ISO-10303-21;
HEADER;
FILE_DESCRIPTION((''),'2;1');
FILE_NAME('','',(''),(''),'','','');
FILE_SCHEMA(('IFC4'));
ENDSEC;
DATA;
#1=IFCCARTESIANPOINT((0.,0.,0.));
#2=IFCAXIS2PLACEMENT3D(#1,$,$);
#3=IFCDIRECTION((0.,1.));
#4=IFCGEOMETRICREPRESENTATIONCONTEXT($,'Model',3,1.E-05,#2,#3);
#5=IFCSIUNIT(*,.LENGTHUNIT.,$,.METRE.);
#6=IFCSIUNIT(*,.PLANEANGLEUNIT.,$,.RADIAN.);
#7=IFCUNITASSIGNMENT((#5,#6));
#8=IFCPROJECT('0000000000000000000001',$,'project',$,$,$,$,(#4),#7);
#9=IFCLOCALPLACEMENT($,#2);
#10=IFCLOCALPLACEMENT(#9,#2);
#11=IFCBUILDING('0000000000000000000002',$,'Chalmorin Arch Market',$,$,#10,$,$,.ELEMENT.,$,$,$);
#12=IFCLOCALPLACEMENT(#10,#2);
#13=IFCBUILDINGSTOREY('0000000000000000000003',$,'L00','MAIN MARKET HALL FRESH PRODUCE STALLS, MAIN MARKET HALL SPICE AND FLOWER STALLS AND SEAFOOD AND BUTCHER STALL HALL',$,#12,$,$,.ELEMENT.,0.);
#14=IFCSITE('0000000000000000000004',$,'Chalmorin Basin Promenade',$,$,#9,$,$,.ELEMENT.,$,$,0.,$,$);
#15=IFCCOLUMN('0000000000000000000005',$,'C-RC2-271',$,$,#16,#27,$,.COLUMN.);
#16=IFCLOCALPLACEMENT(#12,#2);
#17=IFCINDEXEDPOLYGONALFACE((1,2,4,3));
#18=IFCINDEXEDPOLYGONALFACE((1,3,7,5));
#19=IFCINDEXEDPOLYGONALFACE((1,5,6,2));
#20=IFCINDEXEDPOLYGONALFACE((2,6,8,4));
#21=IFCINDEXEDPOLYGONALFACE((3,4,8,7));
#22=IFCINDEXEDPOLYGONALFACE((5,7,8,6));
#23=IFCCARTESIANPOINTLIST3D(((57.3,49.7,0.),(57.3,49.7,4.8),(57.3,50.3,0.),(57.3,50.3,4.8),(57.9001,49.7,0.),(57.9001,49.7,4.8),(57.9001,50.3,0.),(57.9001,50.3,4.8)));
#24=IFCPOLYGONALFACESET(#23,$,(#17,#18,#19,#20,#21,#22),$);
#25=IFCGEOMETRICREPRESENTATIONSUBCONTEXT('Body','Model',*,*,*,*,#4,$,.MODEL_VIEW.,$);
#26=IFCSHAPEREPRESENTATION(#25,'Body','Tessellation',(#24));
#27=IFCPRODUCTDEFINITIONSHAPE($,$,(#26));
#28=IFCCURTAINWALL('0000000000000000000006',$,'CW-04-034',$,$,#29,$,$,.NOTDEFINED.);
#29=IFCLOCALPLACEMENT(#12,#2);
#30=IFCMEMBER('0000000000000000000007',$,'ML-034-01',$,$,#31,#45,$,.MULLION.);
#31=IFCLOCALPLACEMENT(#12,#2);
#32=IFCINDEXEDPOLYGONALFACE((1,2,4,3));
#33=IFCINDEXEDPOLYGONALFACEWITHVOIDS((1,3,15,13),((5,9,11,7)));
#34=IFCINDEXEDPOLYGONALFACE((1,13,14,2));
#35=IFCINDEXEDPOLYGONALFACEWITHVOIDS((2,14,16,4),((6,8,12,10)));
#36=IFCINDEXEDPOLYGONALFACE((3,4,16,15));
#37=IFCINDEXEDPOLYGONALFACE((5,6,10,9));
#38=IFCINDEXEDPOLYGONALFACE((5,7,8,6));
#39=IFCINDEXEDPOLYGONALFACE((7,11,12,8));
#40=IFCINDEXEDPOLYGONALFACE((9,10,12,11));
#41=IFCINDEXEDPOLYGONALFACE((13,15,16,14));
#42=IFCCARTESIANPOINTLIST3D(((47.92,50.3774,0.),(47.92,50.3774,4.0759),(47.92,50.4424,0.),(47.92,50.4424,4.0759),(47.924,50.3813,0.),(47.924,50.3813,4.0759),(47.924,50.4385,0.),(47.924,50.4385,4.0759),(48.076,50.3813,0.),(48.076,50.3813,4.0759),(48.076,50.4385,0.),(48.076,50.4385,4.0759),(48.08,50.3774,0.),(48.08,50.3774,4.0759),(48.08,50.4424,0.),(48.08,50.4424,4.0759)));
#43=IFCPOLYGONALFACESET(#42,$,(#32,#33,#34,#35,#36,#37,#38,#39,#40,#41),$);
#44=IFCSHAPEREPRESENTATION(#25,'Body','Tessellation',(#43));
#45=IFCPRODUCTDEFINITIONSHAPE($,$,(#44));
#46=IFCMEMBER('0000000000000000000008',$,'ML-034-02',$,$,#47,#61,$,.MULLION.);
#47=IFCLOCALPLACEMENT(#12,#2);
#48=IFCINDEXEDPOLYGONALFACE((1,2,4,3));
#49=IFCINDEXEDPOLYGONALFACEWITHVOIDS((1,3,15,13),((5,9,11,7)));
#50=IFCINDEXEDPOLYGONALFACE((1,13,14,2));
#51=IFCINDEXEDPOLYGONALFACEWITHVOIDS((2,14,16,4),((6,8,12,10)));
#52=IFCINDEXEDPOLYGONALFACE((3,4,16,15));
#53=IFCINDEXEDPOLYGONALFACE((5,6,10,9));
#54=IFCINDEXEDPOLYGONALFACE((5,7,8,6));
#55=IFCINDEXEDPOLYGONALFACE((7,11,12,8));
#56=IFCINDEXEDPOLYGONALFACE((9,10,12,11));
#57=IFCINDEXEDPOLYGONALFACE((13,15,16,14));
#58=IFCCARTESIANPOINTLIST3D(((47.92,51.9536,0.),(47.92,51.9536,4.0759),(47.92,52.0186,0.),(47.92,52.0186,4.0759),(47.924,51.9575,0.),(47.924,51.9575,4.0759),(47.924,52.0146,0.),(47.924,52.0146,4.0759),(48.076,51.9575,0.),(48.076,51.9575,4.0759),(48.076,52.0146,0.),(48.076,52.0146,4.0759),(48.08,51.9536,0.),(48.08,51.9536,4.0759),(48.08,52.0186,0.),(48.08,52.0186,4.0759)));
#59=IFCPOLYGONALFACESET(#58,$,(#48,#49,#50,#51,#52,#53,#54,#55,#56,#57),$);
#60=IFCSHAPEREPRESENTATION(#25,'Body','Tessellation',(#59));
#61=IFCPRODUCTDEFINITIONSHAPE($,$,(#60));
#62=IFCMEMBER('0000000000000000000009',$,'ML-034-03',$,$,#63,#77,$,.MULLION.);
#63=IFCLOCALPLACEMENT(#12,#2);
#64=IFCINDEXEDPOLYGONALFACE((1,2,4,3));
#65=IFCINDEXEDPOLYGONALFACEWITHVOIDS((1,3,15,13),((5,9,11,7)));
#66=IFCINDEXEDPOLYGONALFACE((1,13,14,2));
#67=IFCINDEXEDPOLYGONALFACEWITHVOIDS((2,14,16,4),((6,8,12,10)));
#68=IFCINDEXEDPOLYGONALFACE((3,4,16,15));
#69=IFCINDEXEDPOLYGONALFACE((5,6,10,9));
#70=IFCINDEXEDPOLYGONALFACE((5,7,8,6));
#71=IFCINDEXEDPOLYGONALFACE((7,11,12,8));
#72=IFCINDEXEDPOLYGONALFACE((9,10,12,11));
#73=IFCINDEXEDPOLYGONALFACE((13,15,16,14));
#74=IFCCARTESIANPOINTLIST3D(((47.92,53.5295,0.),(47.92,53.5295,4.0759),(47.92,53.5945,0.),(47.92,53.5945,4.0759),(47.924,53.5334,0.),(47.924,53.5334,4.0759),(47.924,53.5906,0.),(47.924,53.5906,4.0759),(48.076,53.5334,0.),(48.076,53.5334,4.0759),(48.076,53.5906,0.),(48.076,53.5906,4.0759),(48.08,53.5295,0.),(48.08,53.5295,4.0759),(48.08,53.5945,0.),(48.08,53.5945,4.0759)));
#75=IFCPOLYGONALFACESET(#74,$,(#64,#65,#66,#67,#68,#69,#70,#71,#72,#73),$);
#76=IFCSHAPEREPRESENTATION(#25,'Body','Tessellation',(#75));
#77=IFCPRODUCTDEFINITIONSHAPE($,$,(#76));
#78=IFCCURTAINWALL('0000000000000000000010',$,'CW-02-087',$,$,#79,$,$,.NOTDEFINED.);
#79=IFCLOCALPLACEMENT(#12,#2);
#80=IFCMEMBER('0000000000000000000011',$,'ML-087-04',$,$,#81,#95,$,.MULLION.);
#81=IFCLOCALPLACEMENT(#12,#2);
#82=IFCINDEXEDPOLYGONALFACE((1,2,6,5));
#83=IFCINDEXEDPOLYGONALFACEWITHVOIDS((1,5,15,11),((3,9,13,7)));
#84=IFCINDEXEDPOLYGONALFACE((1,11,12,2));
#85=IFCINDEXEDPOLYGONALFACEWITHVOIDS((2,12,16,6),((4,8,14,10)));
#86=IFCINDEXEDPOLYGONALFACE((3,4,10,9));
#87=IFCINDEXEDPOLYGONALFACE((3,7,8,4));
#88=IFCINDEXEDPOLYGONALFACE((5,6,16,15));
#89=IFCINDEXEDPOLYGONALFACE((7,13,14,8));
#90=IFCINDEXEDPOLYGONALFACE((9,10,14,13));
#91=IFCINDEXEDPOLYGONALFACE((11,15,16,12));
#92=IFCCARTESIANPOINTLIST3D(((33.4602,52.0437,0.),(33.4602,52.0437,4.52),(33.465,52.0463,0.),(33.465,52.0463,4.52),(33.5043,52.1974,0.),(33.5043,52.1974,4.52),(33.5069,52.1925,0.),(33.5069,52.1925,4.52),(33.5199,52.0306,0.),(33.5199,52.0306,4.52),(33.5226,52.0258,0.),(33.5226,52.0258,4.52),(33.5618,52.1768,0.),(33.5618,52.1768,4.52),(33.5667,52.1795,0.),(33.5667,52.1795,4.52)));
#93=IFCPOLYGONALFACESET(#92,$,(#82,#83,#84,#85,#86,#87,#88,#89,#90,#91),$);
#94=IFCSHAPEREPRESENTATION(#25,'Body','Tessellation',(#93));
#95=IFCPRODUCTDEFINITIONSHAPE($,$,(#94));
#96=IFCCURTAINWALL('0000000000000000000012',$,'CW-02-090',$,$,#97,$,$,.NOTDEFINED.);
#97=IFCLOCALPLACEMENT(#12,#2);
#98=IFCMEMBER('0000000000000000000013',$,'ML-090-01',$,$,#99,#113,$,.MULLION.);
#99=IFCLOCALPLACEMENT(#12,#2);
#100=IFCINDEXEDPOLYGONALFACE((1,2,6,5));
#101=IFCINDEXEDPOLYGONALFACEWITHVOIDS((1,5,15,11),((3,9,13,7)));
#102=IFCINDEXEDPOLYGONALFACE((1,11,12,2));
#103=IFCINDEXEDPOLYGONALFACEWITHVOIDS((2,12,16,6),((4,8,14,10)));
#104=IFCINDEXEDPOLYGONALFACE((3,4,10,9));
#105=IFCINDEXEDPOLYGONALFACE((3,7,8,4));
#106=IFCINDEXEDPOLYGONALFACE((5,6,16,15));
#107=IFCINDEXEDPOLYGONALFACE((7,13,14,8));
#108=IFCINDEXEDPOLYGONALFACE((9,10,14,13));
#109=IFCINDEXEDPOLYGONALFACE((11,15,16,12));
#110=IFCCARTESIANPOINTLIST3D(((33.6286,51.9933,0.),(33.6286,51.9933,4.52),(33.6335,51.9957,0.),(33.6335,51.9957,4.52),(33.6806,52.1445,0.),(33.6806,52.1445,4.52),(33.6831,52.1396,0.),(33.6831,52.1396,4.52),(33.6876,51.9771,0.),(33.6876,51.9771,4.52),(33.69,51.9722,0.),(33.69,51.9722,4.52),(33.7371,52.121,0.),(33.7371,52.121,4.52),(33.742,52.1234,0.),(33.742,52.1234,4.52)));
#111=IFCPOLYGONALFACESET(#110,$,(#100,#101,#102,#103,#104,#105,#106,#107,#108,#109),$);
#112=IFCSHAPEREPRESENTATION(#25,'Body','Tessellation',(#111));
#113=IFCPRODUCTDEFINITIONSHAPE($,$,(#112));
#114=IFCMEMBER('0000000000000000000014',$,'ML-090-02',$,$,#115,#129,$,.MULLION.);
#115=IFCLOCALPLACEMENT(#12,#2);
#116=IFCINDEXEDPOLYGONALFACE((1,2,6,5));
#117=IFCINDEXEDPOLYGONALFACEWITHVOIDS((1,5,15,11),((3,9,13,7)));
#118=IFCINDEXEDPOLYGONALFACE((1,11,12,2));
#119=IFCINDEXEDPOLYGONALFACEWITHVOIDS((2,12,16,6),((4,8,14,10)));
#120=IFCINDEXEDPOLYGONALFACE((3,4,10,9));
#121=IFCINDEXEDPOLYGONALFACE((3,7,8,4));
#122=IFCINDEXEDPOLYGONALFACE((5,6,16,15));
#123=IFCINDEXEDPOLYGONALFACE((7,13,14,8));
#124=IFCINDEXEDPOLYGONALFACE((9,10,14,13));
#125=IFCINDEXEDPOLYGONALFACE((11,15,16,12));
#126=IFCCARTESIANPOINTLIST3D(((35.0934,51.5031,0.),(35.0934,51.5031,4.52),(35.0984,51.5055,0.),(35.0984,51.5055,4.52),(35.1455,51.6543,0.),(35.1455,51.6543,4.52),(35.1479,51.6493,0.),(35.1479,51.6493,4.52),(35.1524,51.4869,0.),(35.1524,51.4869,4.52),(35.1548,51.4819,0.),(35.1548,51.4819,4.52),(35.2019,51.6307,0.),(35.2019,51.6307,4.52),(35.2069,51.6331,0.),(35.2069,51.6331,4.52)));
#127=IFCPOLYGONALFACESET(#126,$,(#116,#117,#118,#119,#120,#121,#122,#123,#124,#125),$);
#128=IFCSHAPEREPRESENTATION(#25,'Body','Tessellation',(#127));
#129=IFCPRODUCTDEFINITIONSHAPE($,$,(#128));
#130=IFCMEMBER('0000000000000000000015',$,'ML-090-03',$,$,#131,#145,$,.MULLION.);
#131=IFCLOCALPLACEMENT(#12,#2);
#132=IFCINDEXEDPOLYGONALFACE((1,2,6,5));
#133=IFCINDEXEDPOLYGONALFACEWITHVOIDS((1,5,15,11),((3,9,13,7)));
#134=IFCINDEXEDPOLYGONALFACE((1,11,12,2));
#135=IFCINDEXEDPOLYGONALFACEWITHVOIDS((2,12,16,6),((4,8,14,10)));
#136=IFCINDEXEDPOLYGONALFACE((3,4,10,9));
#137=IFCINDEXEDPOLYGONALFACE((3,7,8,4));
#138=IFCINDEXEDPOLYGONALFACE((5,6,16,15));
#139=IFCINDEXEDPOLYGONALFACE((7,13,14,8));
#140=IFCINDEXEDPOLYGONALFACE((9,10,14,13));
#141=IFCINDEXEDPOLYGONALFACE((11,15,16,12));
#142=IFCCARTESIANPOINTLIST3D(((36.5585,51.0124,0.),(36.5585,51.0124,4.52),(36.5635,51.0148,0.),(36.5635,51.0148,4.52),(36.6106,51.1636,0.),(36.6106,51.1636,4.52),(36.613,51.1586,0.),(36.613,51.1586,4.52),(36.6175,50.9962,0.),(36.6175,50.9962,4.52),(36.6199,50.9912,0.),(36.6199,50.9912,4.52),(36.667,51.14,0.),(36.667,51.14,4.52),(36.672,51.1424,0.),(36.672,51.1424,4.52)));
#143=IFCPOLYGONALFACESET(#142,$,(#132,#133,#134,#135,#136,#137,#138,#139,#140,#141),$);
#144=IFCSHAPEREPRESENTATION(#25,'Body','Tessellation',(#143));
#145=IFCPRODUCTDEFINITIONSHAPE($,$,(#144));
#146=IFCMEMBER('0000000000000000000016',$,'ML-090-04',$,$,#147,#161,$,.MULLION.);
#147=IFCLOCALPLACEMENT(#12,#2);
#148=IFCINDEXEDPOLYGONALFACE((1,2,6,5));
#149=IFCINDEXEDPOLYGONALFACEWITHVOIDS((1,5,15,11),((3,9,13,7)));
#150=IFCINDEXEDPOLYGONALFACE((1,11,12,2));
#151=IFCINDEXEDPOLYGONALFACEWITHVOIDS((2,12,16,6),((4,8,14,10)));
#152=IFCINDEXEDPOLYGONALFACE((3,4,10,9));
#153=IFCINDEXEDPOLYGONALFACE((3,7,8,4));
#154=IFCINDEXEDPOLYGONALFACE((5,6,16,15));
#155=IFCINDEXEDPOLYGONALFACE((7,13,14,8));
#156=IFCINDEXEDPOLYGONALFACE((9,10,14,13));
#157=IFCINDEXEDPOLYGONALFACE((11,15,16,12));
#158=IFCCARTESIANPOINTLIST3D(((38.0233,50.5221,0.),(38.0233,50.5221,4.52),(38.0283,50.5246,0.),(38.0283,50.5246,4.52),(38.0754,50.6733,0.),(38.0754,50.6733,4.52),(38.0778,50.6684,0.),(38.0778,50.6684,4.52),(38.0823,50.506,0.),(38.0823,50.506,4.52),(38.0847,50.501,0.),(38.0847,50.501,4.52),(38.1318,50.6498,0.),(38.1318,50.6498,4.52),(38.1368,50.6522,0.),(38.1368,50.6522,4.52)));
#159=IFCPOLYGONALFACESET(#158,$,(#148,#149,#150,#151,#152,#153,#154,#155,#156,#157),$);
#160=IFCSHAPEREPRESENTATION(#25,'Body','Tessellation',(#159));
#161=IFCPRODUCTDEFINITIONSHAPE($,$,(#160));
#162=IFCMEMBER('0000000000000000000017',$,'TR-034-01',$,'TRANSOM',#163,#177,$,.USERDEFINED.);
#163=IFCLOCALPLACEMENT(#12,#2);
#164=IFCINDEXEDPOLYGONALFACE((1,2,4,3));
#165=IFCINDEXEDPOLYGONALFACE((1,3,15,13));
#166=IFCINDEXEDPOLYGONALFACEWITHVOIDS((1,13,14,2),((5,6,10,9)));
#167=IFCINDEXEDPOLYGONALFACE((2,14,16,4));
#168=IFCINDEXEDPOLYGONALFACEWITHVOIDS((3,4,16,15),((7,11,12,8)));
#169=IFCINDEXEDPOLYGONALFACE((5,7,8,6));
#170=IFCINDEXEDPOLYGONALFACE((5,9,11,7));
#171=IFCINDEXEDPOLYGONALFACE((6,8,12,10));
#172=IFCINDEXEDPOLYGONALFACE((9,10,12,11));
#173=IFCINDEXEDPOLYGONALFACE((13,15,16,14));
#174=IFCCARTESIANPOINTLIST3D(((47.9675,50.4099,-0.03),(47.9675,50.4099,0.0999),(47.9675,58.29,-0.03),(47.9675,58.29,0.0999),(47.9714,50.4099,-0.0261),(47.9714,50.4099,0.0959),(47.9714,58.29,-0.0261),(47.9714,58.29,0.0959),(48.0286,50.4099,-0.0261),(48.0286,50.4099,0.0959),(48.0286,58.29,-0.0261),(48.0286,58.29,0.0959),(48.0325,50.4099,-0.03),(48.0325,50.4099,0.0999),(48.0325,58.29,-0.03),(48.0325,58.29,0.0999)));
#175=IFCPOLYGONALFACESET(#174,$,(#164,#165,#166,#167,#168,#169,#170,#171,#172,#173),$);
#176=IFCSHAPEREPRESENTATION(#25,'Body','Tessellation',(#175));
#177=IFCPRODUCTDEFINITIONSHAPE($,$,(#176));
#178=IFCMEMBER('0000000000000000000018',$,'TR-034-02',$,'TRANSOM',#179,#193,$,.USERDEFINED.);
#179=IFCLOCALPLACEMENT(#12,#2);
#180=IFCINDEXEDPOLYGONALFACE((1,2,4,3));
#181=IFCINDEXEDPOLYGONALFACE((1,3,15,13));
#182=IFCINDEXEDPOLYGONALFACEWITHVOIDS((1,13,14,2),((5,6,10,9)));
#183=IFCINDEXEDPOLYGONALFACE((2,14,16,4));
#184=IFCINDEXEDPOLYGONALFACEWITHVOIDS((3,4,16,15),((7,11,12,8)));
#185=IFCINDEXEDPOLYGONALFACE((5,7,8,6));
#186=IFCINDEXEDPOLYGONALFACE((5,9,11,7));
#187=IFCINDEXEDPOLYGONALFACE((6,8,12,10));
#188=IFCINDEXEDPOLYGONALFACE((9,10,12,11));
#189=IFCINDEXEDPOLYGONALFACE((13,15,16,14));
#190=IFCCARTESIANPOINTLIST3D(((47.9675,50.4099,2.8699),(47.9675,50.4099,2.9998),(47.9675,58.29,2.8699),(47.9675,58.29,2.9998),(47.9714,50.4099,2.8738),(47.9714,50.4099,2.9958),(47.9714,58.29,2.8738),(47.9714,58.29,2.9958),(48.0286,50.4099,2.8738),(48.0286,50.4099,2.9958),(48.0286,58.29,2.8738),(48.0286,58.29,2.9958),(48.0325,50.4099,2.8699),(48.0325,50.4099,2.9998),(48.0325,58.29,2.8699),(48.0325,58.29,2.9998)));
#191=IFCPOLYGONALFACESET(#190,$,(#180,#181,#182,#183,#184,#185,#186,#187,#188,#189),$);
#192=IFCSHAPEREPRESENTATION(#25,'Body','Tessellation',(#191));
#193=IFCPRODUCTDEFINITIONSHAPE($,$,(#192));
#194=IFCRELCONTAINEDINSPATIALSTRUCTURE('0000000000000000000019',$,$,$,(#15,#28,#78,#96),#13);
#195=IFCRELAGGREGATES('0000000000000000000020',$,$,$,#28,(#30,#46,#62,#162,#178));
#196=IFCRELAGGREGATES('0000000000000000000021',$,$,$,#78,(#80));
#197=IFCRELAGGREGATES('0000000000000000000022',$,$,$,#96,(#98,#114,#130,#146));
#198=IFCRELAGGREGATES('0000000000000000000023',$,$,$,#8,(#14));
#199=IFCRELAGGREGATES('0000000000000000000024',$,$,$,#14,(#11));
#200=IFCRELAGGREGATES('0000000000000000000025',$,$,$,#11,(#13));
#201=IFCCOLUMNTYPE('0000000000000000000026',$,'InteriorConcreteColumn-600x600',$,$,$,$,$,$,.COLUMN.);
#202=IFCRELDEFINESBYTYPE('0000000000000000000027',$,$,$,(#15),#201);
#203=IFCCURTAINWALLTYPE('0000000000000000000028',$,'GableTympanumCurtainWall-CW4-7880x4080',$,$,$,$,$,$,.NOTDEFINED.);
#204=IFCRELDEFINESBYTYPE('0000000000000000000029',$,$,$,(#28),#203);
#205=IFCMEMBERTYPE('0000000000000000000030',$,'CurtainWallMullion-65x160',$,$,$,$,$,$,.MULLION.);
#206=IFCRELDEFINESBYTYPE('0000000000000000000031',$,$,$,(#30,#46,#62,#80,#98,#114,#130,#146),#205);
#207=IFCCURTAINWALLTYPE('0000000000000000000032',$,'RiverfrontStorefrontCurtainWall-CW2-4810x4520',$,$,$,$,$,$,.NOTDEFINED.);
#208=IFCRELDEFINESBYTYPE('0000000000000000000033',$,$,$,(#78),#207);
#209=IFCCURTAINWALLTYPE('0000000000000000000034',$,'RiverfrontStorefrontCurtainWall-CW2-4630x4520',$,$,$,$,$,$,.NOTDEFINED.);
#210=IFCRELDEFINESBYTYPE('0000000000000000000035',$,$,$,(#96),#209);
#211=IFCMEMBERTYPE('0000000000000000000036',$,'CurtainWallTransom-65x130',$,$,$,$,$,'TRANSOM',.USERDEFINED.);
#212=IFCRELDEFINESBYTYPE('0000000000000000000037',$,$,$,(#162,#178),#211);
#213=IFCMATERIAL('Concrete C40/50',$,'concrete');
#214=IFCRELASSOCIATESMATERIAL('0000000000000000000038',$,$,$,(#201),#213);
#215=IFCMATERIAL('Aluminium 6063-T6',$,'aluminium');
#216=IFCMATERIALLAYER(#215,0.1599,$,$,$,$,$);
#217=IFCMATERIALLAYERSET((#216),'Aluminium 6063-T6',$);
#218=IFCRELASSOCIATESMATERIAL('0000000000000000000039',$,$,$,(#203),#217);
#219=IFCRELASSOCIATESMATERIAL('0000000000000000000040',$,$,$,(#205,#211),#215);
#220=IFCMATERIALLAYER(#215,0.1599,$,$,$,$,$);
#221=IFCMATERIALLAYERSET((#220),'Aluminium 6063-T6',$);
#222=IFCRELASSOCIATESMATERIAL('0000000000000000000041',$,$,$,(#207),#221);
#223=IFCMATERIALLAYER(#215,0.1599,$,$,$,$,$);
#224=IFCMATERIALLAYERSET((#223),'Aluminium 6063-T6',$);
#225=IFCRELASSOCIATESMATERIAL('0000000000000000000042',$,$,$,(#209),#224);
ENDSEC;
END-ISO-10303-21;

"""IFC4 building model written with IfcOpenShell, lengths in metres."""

from ifc_helpers import new_model, si_unit, direction, frame, origin, origin_2d, place, context, subcontext, project, spatial, rectangle, hollow_rectangle, extrude, material, layer, layer_set, material_profile, profile_set, type_object, element, aggregate, save


model = new_model("IFC4")

# Units and contexts
model_context = context("Model", 3, precision=1e-05, world=origin(), true_north=direction((0.0, 1.0)))
body_context = subcontext(model_context, "Body", "Model", "MODEL_VIEW")
ifc_project = project(units=[si_unit("LENGTHUNIT", "METRE"), si_unit("PLANEANGLEUNIT", "RADIAN")], contexts=[model_context])

# Site, building, storey
site_placement = place(None, origin())
site = spatial("IfcSite", under=ifc_project, at=site_placement, Name="Chalmorin Basin Promenade", CompositionType="ELEMENT", RefElevation=0.0)
building_placement = place(site_placement, origin())
building = spatial("IfcBuilding", under=site, at=building_placement, Name="Chalmorin Arch Market", CompositionType="ELEMENT")
storey_placement = place(building_placement, origin())
storey = spatial("IfcBuildingStorey", under=building, at=storey_placement, Name="L00", Description="MAIN MARKET HALL FRESH PRODUCE STALLS, MAIN MARKET HALL SPICE AND FLOWER STALLS AND SEAFOOD AND BUTCHER STALL HALL", CompositionType="ELEMENT", Elevation=0.0)

# Column
ifc_material_1 = material(Name="Concrete C40/50", Category="concrete")
ifc_material_profile_1 = material_profile(ifc_material_1, rectangle(XDim=0.6001, YDim=0.6001, at=origin_2d()), Name="RC600X600")
ifc_profile_set_1 = profile_set([ifc_material_profile_1], Name="Concrete C40/50")
column_type = type_object("IfcColumnType", Name="InteriorConcreteColumn-600x600", PredefinedType="COLUMN", material=ifc_profile_set_1)
column_placement = place(storey_placement, frame((57.6001, 50.0, 0.0), z_axis=(0.0, 0.0, 1.0), x_axis=(1.0, 0.0, 0.0)))
element("IfcColumn", 1, at=column_placement, inside=storey, type_object=column_type, Name="C-RC2-271", PredefinedType="COLUMN", context=body_context, shape_type="SweptSolid", body=[
    extrude(rectangle(XDim=0.6001, YDim=0.6001, at=origin_2d()), origin(), (0.0, 0.0, 1.0), 4.8),
])

# Curtain wall, members
ifc_material_2 = material(Name="Aluminium 6063-T6", Category="aluminium")
ifc_layer_1 = layer(ifc_material_2, 0.1599)
ifc_layer_set_1 = layer_set([ifc_layer_1], Name="Aluminium 6063-T6")
curtain_wall_type_1 = type_object("IfcCurtainWallType", Name="GableTympanumCurtainWall-CW4-7880x4080", PredefinedType="NOTDEFINED", material=ifc_layer_set_1)
curtain_wall_1_placement = place(storey_placement, origin())
curtain_wall_1 = element("IfcCurtainWall", 2, at=curtain_wall_1_placement, inside=storey, type_object=curtain_wall_type_1, Name="CW-04-034", PredefinedType="NOTDEFINED")
ifc_material_profile_2 = material_profile(ifc_material_2, hollow_rectangle(XDim=0.0649, YDim=0.1599, WallThickness=0.0039, at=origin_2d()), Name="ALU65X160X4")
ifc_profile_set_2 = profile_set([ifc_material_profile_2], Name="Aluminium 6063-T6")
member_type_1 = type_object("IfcMemberType", Name="CurtainWallMullion-65x160", PredefinedType="MULLION", material=ifc_profile_set_2)
member_1_placement = place(storey_placement, frame((48.0, 50.4099, 0.0), z_axis=(0.0, 0.0, 1.0), x_axis=(0.0, 1.0, 0.0)))
member_1 = element("IfcMember", 3, at=member_1_placement, type_object=member_type_1, Name="ML-034-01", PredefinedType="MULLION", context=body_context, shape_type="SweptSolid", body=[
    extrude(hollow_rectangle(XDim=0.0649, YDim=0.1599, WallThickness=0.0039, at=origin_2d()), origin(), (0.0, 0.0, 1.0), 4.0759),
])
member_2_placement = place(storey_placement, frame((48.0, 51.9861, 0.0), z_axis=(0.0, 0.0, 1.0), x_axis=(0.0, 1.0, 0.0)))
member_2 = element("IfcMember", 4, at=member_2_placement, type_object=member_type_1, Name="ML-034-02", PredefinedType="MULLION", context=body_context, shape_type="SweptSolid", body=[
    extrude(hollow_rectangle(XDim=0.0649, YDim=0.1599, WallThickness=0.0039, at=origin_2d()), origin(), (0.0, 0.0, 1.0), 4.0759),
])
member_3_placement = place(storey_placement, frame((48.0, 53.562, 0.0), z_axis=(0.0, 0.0, 1.0), x_axis=(0.0, 1.0, 0.0)))
member_3 = element("IfcMember", 5, at=member_3_placement, type_object=member_type_1, Name="ML-034-03", PredefinedType="MULLION", context=body_context, shape_type="SweptSolid", body=[
    extrude(hollow_rectangle(XDim=0.0649, YDim=0.1599, WallThickness=0.0039, at=origin_2d()), origin(), (0.0, 0.0, 1.0), 4.0759),
])

# Curtain wall, member
ifc_layer_2 = layer(ifc_material_2, 0.1599)
ifc_layer_set_2 = layer_set([ifc_layer_2], Name="Aluminium 6063-T6")
curtain_wall_type_2 = type_object("IfcCurtainWallType", Name="RiverfrontStorefrontCurtainWall-CW2-4810x4520", PredefinedType="NOTDEFINED", material=ifc_layer_set_2)
curtain_wall_2_placement = place(storey_placement, origin())
curtain_wall_2 = element("IfcCurtainWall", 6, at=curtain_wall_2_placement, inside=storey, type_object=curtain_wall_type_2, Name="CW-02-087", PredefinedType="NOTDEFINED")
member_4_placement = place(storey_placement, frame((33.5134, 52.1116, 0.0), z_axis=(0.0, 0.0, 1.0), x_axis=(0.961262, -0.275637, 0.0)))
member_4 = element("IfcMember", 7, at=member_4_placement, type_object=member_type_1, Name="ML-087-04", PredefinedType="MULLION", context=body_context, shape_type="SweptSolid", body=[
    extrude(hollow_rectangle(XDim=0.0649, YDim=0.1599, WallThickness=0.0039, at=origin_2d()), origin(), (0.0, 0.0, 1.0), 4.52),
])

# Curtain wall, members
ifc_layer_3 = layer(ifc_material_2, 0.1599)
ifc_layer_set_3 = layer_set([ifc_layer_3], Name="Aluminium 6063-T6")
curtain_wall_type_3 = type_object("IfcCurtainWallType", Name="RiverfrontStorefrontCurtainWall-CW2-4630x4520", PredefinedType="NOTDEFINED", material=ifc_layer_set_3)
curtain_wall_3_placement = place(storey_placement, origin())
curtain_wall_3 = element("IfcCurtainWall", 8, at=curtain_wall_3_placement, inside=storey, type_object=curtain_wall_type_3, Name="CW-02-090", PredefinedType="NOTDEFINED")
member_5_placement = place(storey_placement, frame((33.6853, 52.0583, 0.0), z_axis=(0.0, 0.0, 1.0), x_axis=(0.945519, -0.325568, 0.0)))
member_5 = element("IfcMember", 9, at=member_5_placement, type_object=member_type_1, Name="ML-090-01", PredefinedType="MULLION", context=body_context, shape_type="SweptSolid", body=[
    extrude(hollow_rectangle(XDim=0.0649, YDim=0.1599, WallThickness=0.0039, at=origin_2d()), origin(), (0.0, 0.0, 1.0), 4.52),
])
member_6_placement = place(storey_placement, frame((35.1501, 51.5681, 0.0), z_axis=(0.0, 0.0, 1.0), x_axis=(0.945519, -0.325568, 0.0)))
member_6 = element("IfcMember", 10, at=member_6_placement, type_object=member_type_1, Name="ML-090-02", PredefinedType="MULLION", context=body_context, shape_type="SweptSolid", body=[
    extrude(hollow_rectangle(XDim=0.0649, YDim=0.1599, WallThickness=0.0039, at=origin_2d()), origin(), (0.0, 0.0, 1.0), 4.52),
])
member_7_placement = place(storey_placement, frame((36.6152, 51.0774, 0.0), z_axis=(0.0, 0.0, 1.0), x_axis=(0.945519, -0.325568, 0.0)))
member_7 = element("IfcMember", 11, at=member_7_placement, type_object=member_type_1, Name="ML-090-03", PredefinedType="MULLION", context=body_context, shape_type="SweptSolid", body=[
    extrude(hollow_rectangle(XDim=0.0649, YDim=0.1599, WallThickness=0.0039, at=origin_2d()), origin(), (0.0, 0.0, 1.0), 4.52),
])
member_8_placement = place(storey_placement, frame((38.0801, 50.5872, 0.0), z_axis=(0.0, 0.0, 1.0), x_axis=(0.945519, -0.325568, 0.0)))
member_8 = element("IfcMember", 12, at=member_8_placement, type_object=member_type_1, Name="ML-090-04", PredefinedType="MULLION", context=body_context, shape_type="SweptSolid", body=[
    extrude(hollow_rectangle(XDim=0.0649, YDim=0.1599, WallThickness=0.0039, at=origin_2d()), origin(), (0.0, 0.0, 1.0), 4.52),
])

# Members
ifc_material_profile_3 = material_profile(ifc_material_2, hollow_rectangle(XDim=0.0649, YDim=0.1299, WallThickness=0.0039, at=origin_2d()), Name="ALU65X130X4")
ifc_profile_set_3 = profile_set([ifc_material_profile_3], Name="Aluminium 6063-T6")
member_type_2 = type_object("IfcMemberType", Name="CurtainWallTransom-65x130", ElementType="TRANSOM", PredefinedType="USERDEFINED", material=ifc_profile_set_3)
member_9_placement = place(storey_placement, frame((48.0, 50.4099, 0.0349), z_axis=(0.0, 1.0, 0.0), x_axis=(-1.0, 0.0, 0.0)))
member_9 = element("IfcMember", 13, at=member_9_placement, type_object=member_type_2, Name="TR-034-01", ObjectType="TRANSOM", PredefinedType="USERDEFINED", context=body_context, shape_type="SweptSolid", body=[
    extrude(hollow_rectangle(XDim=0.0649, YDim=0.1299, WallThickness=0.0039, at=origin_2d()), origin(), (0.0, 0.0, 1.0), 7.8801),
])
member_10_placement = place(storey_placement, frame((48.0, 50.4099, 2.9348), z_axis=(0.0, 1.0, 0.0), x_axis=(-1.0, 0.0, 0.0)))
member_10 = element("IfcMember", 14, at=member_10_placement, type_object=member_type_2, Name="TR-034-02", ObjectType="TRANSOM", PredefinedType="USERDEFINED", context=body_context, shape_type="SweptSolid", body=[
    extrude(hollow_rectangle(XDim=0.0649, YDim=0.1299, WallThickness=0.0039, at=origin_2d()), origin(), (0.0, 0.0, 1.0), 7.8801),
])

aggregate(curtain_wall_1, [member_1, member_2, member_3, member_9, member_10])
aggregate(curtain_wall_2, [member_4])
aggregate(curtain_wall_3, [member_5, member_6, member_7, member_8])

save(model, "model.ifc")
